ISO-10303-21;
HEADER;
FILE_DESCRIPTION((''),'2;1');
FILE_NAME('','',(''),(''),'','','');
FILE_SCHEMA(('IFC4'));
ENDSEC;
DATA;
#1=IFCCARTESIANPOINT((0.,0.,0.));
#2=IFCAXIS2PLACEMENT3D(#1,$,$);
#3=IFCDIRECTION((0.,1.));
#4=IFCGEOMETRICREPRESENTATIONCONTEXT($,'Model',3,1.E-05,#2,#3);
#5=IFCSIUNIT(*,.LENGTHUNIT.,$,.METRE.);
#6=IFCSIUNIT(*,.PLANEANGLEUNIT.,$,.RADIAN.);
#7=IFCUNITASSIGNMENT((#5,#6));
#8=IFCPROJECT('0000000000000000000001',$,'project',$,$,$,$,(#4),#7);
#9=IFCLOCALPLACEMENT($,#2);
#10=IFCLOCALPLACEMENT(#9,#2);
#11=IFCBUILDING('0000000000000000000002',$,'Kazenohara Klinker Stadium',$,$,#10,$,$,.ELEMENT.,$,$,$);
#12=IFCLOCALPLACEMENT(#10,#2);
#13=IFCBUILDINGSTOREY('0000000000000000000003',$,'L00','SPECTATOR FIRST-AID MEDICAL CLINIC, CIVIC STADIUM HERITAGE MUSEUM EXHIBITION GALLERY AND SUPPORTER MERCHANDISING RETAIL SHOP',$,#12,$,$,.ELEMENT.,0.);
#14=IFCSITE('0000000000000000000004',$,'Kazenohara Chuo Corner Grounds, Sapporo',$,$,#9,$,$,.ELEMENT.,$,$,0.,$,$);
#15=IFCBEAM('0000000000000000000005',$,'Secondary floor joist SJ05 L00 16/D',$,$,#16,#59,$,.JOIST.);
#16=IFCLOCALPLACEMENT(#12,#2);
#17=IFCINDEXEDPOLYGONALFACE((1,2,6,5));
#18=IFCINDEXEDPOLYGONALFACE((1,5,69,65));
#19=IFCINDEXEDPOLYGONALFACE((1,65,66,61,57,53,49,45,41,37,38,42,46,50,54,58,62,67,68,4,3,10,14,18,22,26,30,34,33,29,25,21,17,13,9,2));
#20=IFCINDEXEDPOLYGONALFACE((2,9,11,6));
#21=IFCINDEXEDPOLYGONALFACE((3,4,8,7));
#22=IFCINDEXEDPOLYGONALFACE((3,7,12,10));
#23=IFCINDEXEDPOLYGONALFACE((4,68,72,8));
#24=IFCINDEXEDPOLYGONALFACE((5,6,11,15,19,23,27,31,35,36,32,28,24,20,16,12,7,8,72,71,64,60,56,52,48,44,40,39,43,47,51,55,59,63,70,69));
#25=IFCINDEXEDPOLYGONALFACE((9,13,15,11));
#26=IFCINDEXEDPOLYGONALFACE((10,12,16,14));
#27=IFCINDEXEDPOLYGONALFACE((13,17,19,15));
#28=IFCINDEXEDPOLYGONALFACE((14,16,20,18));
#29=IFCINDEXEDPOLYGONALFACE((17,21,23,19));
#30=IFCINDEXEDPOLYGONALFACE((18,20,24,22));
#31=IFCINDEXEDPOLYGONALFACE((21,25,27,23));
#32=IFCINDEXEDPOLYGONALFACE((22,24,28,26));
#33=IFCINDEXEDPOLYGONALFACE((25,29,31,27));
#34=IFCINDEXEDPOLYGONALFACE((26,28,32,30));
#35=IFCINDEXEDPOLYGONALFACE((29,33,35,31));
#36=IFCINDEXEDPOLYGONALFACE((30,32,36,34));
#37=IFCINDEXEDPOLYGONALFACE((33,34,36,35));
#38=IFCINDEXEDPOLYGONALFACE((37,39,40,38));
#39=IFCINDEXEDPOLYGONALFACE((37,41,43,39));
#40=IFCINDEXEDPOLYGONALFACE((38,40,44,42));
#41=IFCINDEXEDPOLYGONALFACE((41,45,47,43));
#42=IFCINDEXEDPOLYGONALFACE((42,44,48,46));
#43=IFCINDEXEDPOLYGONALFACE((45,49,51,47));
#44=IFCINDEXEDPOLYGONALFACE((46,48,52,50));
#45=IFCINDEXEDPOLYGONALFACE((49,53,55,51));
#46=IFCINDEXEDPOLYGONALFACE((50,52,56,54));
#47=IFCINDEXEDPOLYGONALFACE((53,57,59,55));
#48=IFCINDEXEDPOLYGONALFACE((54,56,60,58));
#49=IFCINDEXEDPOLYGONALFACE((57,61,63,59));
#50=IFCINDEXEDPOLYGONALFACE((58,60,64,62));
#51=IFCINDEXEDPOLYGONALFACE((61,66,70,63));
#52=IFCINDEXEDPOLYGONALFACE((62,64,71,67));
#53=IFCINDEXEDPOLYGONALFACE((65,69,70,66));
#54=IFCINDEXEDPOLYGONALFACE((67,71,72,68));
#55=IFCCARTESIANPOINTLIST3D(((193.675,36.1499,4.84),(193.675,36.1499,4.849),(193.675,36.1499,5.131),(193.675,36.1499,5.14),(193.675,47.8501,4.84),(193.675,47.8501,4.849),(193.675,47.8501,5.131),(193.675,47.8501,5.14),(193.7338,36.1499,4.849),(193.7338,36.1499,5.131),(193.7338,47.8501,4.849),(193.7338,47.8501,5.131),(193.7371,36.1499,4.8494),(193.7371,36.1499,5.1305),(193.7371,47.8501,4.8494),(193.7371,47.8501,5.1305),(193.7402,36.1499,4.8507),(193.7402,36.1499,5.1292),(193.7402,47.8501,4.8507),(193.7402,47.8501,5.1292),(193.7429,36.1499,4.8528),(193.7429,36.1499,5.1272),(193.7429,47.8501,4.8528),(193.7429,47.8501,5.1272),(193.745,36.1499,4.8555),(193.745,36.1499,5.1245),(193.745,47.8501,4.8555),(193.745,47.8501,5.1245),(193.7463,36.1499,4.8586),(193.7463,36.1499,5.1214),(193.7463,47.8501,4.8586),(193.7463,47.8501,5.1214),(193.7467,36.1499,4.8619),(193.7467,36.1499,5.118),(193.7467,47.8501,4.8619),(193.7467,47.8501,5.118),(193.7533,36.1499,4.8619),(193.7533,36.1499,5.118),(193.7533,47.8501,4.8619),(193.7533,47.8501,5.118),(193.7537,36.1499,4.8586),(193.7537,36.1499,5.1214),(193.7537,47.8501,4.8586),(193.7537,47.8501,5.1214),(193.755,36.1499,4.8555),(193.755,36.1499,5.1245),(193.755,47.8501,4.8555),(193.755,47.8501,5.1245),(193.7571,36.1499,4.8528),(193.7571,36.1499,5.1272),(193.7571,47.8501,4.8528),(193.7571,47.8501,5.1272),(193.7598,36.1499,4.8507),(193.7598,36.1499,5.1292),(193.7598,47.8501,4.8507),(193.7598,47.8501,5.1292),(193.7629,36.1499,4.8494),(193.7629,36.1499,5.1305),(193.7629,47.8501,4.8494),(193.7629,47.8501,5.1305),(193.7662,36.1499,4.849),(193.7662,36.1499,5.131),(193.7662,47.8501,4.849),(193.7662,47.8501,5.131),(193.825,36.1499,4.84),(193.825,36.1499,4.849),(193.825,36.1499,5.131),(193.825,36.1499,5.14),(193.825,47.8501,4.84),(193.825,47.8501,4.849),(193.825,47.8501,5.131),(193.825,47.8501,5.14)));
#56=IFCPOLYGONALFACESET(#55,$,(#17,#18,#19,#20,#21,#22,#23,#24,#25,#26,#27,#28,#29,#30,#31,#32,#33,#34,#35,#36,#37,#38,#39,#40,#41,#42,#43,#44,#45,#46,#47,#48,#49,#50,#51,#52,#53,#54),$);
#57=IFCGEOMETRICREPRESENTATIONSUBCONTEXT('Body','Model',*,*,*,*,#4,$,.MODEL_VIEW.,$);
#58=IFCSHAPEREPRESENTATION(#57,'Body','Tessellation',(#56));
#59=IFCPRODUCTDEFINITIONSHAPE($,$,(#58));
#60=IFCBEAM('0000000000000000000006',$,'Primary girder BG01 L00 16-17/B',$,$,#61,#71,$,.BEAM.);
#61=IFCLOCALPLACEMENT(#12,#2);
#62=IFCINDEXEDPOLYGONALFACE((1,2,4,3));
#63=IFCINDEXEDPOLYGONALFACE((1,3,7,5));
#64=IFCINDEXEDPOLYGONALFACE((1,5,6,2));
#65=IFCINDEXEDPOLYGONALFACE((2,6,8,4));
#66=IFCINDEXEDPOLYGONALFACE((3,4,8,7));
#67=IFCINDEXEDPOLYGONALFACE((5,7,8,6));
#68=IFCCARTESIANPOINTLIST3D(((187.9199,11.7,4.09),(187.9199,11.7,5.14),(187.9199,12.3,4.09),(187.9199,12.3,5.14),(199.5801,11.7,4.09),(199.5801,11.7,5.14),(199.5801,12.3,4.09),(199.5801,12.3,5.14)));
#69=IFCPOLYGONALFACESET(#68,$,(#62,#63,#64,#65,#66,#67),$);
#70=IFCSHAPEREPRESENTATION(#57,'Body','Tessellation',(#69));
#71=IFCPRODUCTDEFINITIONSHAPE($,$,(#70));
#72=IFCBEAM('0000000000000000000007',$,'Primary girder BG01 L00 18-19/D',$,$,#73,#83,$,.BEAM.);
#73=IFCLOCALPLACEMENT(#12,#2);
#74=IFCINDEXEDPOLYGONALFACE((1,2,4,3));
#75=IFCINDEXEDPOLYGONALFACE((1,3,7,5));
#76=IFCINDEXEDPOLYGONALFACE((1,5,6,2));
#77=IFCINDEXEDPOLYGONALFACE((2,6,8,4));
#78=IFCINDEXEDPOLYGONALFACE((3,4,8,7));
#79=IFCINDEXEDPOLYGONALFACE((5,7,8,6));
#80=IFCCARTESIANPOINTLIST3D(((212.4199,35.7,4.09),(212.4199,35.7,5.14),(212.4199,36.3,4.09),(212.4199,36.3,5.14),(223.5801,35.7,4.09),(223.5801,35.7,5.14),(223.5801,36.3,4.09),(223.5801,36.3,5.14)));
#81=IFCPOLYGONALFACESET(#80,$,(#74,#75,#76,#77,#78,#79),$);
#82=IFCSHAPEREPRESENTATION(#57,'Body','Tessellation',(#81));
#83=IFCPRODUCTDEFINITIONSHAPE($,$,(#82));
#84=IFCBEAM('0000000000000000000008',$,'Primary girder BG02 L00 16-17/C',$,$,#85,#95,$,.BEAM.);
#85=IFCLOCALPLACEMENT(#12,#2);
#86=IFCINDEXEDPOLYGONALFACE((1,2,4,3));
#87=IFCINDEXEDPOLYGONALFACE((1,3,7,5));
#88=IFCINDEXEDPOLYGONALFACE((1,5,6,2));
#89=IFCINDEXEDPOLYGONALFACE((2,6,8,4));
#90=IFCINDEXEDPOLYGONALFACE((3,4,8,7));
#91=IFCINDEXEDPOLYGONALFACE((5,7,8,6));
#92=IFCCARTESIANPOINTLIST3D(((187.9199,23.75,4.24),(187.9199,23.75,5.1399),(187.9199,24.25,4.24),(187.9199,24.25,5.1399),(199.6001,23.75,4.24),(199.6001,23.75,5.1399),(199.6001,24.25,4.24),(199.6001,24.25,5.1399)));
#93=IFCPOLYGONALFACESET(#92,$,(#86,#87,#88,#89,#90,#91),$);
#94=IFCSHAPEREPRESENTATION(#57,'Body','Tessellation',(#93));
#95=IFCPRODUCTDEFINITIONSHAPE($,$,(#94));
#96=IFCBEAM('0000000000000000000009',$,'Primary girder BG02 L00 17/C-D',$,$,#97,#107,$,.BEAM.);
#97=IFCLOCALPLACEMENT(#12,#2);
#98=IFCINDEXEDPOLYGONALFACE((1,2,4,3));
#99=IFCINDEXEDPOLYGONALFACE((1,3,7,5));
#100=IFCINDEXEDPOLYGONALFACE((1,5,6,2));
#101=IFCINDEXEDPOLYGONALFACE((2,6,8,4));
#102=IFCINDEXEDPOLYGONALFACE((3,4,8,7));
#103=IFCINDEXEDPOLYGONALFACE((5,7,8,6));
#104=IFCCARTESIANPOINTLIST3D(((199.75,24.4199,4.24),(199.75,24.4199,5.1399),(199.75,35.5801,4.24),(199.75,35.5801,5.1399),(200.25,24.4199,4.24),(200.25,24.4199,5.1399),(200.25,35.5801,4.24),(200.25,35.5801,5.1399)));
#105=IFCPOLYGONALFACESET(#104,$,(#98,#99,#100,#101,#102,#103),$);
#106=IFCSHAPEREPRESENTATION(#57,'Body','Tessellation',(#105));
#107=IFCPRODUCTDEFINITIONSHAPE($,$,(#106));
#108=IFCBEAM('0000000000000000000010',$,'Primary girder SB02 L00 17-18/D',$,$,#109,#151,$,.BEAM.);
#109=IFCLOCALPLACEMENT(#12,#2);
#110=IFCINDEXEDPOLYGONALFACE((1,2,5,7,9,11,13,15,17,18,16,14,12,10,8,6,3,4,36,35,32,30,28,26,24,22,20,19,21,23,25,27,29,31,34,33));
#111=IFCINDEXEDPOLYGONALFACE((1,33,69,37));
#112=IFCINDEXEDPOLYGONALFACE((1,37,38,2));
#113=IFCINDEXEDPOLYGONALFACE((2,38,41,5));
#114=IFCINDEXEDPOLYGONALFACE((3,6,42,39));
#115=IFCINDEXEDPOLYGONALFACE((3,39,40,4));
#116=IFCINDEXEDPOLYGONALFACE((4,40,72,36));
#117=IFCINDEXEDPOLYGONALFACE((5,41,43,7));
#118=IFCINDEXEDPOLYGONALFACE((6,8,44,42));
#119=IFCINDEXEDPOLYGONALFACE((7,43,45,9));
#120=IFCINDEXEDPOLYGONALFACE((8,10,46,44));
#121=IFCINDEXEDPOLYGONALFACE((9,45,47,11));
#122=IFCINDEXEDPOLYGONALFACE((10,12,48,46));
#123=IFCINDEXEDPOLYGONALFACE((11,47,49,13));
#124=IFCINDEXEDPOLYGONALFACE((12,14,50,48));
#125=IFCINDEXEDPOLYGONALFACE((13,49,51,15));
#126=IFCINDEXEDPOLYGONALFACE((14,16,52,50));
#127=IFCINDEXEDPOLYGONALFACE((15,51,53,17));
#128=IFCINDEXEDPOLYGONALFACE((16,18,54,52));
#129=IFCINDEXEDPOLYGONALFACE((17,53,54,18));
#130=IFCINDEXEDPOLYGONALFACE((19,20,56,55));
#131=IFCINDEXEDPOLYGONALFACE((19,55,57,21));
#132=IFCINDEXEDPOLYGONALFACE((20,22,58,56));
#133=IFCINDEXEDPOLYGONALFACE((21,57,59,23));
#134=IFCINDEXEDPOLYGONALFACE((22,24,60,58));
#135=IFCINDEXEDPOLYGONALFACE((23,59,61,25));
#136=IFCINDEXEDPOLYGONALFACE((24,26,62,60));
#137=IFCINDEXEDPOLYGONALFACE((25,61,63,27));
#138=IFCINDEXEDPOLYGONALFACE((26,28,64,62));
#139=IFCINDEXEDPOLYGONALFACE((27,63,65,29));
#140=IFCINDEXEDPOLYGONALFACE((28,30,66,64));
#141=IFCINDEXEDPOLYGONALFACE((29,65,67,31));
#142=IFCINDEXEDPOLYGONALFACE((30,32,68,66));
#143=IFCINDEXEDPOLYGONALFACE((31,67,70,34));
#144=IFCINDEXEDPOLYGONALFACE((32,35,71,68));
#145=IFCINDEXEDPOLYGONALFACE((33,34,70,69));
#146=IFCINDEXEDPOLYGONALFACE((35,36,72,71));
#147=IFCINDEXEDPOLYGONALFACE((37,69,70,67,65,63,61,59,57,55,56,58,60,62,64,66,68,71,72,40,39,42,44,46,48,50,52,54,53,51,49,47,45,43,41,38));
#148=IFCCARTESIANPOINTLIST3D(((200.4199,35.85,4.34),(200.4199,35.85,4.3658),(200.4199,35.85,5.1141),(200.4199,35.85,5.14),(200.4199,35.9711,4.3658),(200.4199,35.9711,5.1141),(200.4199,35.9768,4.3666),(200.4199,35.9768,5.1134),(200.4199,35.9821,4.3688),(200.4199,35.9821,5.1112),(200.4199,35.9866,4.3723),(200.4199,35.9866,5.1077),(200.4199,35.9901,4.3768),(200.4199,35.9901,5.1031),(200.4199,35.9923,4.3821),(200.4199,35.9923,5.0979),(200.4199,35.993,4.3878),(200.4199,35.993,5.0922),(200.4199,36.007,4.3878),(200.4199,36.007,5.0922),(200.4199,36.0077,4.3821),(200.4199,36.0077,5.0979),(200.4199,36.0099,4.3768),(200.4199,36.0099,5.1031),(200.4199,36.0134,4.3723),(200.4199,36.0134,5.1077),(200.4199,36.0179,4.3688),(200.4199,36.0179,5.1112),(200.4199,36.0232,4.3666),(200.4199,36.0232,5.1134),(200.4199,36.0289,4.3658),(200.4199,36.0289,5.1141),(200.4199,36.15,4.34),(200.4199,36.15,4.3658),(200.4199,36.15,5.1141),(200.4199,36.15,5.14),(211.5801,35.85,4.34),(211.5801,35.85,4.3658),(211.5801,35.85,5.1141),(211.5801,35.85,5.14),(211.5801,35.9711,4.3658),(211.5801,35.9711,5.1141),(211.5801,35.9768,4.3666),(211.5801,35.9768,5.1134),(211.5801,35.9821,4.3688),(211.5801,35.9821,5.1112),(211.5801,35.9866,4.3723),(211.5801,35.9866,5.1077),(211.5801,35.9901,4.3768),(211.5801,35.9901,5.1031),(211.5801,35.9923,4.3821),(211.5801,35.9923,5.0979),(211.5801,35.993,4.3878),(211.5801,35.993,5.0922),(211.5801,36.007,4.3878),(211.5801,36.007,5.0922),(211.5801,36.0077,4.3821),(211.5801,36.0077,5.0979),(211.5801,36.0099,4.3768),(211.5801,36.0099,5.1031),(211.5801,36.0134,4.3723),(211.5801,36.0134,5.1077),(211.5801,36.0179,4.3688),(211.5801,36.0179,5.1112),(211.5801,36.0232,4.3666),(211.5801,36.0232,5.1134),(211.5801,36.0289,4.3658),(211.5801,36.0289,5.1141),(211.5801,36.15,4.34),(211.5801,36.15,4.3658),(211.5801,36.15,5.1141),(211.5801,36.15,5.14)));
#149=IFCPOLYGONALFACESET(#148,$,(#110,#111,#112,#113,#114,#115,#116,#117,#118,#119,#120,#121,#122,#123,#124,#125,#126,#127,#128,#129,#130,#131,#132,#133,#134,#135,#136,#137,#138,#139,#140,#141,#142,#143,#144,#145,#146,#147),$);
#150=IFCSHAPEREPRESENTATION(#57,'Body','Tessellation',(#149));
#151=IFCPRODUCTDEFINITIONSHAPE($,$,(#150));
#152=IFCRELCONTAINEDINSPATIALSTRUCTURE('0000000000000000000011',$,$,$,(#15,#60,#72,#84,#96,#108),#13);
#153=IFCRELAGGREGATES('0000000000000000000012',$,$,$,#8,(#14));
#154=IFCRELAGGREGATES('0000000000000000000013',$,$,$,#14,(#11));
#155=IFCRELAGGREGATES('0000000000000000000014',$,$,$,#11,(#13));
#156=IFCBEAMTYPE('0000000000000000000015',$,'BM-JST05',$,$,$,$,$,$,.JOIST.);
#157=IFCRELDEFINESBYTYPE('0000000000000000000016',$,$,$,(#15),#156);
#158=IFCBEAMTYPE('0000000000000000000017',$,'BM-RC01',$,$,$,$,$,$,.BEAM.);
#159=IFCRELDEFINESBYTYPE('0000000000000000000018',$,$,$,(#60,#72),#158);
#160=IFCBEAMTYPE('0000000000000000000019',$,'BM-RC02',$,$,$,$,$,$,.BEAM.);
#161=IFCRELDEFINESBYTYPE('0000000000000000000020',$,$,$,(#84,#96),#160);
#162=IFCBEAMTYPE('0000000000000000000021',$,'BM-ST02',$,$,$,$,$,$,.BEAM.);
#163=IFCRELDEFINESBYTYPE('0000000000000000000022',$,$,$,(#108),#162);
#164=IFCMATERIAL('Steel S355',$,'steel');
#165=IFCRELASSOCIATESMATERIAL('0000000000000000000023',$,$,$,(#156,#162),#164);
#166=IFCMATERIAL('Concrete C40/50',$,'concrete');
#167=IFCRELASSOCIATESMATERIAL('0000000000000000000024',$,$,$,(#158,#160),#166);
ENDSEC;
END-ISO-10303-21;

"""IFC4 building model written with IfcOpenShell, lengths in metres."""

from ifc_helpers import new_model, si_unit, direction, frame, origin, origin_2d, place, context, subcontext, project, spatial, rectangle, i_section, extrude, material, material_profile, profile_set, type_object, element, save


model = new_model("IFC4")

# Units and contexts
model_context = context("Model", 3, precision=1e-05, world=origin(), true_north=direction((0.0, 1.0)))
body_context = subcontext(model_context, "Body", "Model", "MODEL_VIEW")
ifc_project = project(units=[si_unit("LENGTHUNIT", "METRE"), si_unit("PLANEANGLEUNIT", "RADIAN")], contexts=[model_context])

# Site, building, storey
site_placement = place(None, origin())
site = spatial("IfcSite", under=ifc_project, at=site_placement, Name="Kazenohara Chuo Corner Grounds, Sapporo", CompositionType="ELEMENT", RefElevation=0.0)
building_placement = place(site_placement, origin())
building = spatial("IfcBuilding", under=site, at=building_placement, Name="Kazenohara Klinker Stadium", CompositionType="ELEMENT")
storey_placement = place(building_placement, origin())
storey = spatial("IfcBuildingStorey", under=building, at=storey_placement, Name="L00", Description="SPECTATOR FIRST-AID MEDICAL CLINIC, CIVIC STADIUM HERITAGE MUSEUM EXHIBITION GALLERY AND SUPPORTER MERCHANDISING RETAIL SHOP", CompositionType="ELEMENT", Elevation=0.0)

# Shared definitions
ifc_material_1 = material(Name="Concrete C40/50", Category="concrete")

# Beams
ifc_material_2 = material(Name="Steel S355", Category="steel")
ifc_material_profile_1 = material_profile(ifc_material_2, i_section(OverallWidth=0.1499, OverallDepth=0.3, WebThickness=0.0066, FlangeThickness=0.009, FilletRadius=0.0129, at=origin_2d()), Name="H-300x150x6.5x9")
ifc_profile_set_1 = profile_set([ifc_material_profile_1], Name="Steel S355")
beam_type_1 = type_object("IfcBeamType", Name="BM-JST05", PredefinedType="JOIST", material=ifc_profile_set_1)
beam_1_placement = place(storey_placement, frame((193.75, 36.1499, 4.99), z_axis=(0.0, 1.0, 0.0), x_axis=(-1.0, 0.0, 0.0)))
element("IfcBeam", 1, at=beam_1_placement, inside=storey, type_object=beam_type_1, Name="Secondary floor joist SJ05 L00 16/D", PredefinedType="JOIST", context=body_context, shape_type="SweptSolid", body=[
    extrude(i_section(OverallWidth=0.1499, OverallDepth=0.3, WebThickness=0.0066, FlangeThickness=0.009, FilletRadius=0.0129, at=origin_2d()), origin(), (0.0, 0.0, 1.0), 11.7002),
])
ifc_material_profile_2 = material_profile(ifc_material_1, rectangle(XDim=0.6001, YDim=1.05, at=origin_2d()), Name="RC-BM-600x1050")
ifc_profile_set_2 = profile_set([ifc_material_profile_2], Name="Concrete C40/50")
beam_type_2 = type_object("IfcBeamType", Name="BM-RC01", PredefinedType="BEAM", material=ifc_profile_set_2)
beam_2_placement = place(storey_placement, frame((187.9199, 12.0, 4.615), z_axis=(1.0, 0.0, 0.0), x_axis=(0.0, 1.0, 0.0)))
element("IfcBeam", 2, at=beam_2_placement, inside=storey, type_object=beam_type_2, Name="Primary girder BG01 L00 16-17/B", PredefinedType="BEAM", context=body_context, shape_type="SweptSolid", body=[
    extrude(rectangle(XDim=0.6001, YDim=1.05, at=origin_2d()), origin(), (0.0, 0.0, 1.0), 11.6602),
])
beam_3_placement = place(storey_placement, frame((212.4199, 36.0, 4.615), z_axis=(1.0, 0.0, 0.0), x_axis=(0.0, 1.0, 0.0)))
element("IfcBeam", 3, at=beam_3_placement, inside=storey, type_object=beam_type_2, Name="Primary girder BG01 L00 18-19/D", PredefinedType="BEAM", context=body_context, shape_type="SweptSolid", body=[
    extrude(rectangle(XDim=0.6001, YDim=1.05, at=origin_2d()), origin(), (0.0, 0.0, 1.0), 11.1602),
])
ifc_material_profile_3 = material_profile(ifc_material_1, rectangle(XDim=0.5, YDim=0.8999, at=origin_2d()), Name="RC-BM-500x900")
ifc_profile_set_3 = profile_set([ifc_material_profile_3], Name="Concrete C40/50")
beam_type_3 = type_object("IfcBeamType", Name="BM-RC02", PredefinedType="BEAM", material=ifc_profile_set_3)
beam_4_placement = place(storey_placement, frame((187.9199, 24.0, 4.6899), z_axis=(1.0, 0.0, 0.0), x_axis=(0.0, 1.0, 0.0)))
element("IfcBeam", 4, at=beam_4_placement, inside=storey, type_object=beam_type_3, Name="Primary girder BG02 L00 16-17/C", PredefinedType="BEAM", context=body_context, shape_type="SweptSolid", body=[
    extrude(rectangle(XDim=0.5, YDim=0.8999, at=origin_2d()), origin(), (0.0, 0.0, 1.0), 11.6802),
])
beam_5_placement = place(storey_placement, frame((200.0, 24.4199, 4.6899), z_axis=(0.0, 1.0, 0.0), x_axis=(-1.0, 0.0, 0.0)))
element("IfcBeam", 5, at=beam_5_placement, inside=storey, type_object=beam_type_3, Name="Primary girder BG02 L00 17/C-D", PredefinedType="BEAM", context=body_context, shape_type="SweptSolid", body=[
    extrude(rectangle(XDim=0.5, YDim=0.8999, at=origin_2d()), origin(), (0.0, 0.0, 1.0), 11.1602),
])
ifc_material_profile_4 = material_profile(ifc_material_2, i_section(OverallWidth=0.3, OverallDepth=0.8, WebThickness=0.0139, FlangeThickness=0.0259, FilletRadius=0.022, at=origin_2d()), Name="H-800x300x14x26")
ifc_profile_set_4 = profile_set([ifc_material_profile_4], Name="Steel S355")
beam_type_4 = type_object("IfcBeamType", Name="BM-ST02", PredefinedType="BEAM", material=ifc_profile_set_4)
beam_6_placement = place(storey_placement, frame((200.4199, 36.0, 4.74), z_axis=(1.0, 0.0, 0.0), x_axis=(0.0, 1.0, 0.0)))
element("IfcBeam", 6, at=beam_6_placement, inside=storey, type_object=beam_type_4, Name="Primary girder SB02 L00 17-18/D", PredefinedType="BEAM", context=body_context, shape_type="SweptSolid", body=[
    extrude(i_section(OverallWidth=0.3, OverallDepth=0.8, WebThickness=0.0139, FlangeThickness=0.0259, FilletRadius=0.022, at=origin_2d()), origin(), (0.0, 0.0, 1.0), 11.1602),
])

save(model, "model.ifc")
